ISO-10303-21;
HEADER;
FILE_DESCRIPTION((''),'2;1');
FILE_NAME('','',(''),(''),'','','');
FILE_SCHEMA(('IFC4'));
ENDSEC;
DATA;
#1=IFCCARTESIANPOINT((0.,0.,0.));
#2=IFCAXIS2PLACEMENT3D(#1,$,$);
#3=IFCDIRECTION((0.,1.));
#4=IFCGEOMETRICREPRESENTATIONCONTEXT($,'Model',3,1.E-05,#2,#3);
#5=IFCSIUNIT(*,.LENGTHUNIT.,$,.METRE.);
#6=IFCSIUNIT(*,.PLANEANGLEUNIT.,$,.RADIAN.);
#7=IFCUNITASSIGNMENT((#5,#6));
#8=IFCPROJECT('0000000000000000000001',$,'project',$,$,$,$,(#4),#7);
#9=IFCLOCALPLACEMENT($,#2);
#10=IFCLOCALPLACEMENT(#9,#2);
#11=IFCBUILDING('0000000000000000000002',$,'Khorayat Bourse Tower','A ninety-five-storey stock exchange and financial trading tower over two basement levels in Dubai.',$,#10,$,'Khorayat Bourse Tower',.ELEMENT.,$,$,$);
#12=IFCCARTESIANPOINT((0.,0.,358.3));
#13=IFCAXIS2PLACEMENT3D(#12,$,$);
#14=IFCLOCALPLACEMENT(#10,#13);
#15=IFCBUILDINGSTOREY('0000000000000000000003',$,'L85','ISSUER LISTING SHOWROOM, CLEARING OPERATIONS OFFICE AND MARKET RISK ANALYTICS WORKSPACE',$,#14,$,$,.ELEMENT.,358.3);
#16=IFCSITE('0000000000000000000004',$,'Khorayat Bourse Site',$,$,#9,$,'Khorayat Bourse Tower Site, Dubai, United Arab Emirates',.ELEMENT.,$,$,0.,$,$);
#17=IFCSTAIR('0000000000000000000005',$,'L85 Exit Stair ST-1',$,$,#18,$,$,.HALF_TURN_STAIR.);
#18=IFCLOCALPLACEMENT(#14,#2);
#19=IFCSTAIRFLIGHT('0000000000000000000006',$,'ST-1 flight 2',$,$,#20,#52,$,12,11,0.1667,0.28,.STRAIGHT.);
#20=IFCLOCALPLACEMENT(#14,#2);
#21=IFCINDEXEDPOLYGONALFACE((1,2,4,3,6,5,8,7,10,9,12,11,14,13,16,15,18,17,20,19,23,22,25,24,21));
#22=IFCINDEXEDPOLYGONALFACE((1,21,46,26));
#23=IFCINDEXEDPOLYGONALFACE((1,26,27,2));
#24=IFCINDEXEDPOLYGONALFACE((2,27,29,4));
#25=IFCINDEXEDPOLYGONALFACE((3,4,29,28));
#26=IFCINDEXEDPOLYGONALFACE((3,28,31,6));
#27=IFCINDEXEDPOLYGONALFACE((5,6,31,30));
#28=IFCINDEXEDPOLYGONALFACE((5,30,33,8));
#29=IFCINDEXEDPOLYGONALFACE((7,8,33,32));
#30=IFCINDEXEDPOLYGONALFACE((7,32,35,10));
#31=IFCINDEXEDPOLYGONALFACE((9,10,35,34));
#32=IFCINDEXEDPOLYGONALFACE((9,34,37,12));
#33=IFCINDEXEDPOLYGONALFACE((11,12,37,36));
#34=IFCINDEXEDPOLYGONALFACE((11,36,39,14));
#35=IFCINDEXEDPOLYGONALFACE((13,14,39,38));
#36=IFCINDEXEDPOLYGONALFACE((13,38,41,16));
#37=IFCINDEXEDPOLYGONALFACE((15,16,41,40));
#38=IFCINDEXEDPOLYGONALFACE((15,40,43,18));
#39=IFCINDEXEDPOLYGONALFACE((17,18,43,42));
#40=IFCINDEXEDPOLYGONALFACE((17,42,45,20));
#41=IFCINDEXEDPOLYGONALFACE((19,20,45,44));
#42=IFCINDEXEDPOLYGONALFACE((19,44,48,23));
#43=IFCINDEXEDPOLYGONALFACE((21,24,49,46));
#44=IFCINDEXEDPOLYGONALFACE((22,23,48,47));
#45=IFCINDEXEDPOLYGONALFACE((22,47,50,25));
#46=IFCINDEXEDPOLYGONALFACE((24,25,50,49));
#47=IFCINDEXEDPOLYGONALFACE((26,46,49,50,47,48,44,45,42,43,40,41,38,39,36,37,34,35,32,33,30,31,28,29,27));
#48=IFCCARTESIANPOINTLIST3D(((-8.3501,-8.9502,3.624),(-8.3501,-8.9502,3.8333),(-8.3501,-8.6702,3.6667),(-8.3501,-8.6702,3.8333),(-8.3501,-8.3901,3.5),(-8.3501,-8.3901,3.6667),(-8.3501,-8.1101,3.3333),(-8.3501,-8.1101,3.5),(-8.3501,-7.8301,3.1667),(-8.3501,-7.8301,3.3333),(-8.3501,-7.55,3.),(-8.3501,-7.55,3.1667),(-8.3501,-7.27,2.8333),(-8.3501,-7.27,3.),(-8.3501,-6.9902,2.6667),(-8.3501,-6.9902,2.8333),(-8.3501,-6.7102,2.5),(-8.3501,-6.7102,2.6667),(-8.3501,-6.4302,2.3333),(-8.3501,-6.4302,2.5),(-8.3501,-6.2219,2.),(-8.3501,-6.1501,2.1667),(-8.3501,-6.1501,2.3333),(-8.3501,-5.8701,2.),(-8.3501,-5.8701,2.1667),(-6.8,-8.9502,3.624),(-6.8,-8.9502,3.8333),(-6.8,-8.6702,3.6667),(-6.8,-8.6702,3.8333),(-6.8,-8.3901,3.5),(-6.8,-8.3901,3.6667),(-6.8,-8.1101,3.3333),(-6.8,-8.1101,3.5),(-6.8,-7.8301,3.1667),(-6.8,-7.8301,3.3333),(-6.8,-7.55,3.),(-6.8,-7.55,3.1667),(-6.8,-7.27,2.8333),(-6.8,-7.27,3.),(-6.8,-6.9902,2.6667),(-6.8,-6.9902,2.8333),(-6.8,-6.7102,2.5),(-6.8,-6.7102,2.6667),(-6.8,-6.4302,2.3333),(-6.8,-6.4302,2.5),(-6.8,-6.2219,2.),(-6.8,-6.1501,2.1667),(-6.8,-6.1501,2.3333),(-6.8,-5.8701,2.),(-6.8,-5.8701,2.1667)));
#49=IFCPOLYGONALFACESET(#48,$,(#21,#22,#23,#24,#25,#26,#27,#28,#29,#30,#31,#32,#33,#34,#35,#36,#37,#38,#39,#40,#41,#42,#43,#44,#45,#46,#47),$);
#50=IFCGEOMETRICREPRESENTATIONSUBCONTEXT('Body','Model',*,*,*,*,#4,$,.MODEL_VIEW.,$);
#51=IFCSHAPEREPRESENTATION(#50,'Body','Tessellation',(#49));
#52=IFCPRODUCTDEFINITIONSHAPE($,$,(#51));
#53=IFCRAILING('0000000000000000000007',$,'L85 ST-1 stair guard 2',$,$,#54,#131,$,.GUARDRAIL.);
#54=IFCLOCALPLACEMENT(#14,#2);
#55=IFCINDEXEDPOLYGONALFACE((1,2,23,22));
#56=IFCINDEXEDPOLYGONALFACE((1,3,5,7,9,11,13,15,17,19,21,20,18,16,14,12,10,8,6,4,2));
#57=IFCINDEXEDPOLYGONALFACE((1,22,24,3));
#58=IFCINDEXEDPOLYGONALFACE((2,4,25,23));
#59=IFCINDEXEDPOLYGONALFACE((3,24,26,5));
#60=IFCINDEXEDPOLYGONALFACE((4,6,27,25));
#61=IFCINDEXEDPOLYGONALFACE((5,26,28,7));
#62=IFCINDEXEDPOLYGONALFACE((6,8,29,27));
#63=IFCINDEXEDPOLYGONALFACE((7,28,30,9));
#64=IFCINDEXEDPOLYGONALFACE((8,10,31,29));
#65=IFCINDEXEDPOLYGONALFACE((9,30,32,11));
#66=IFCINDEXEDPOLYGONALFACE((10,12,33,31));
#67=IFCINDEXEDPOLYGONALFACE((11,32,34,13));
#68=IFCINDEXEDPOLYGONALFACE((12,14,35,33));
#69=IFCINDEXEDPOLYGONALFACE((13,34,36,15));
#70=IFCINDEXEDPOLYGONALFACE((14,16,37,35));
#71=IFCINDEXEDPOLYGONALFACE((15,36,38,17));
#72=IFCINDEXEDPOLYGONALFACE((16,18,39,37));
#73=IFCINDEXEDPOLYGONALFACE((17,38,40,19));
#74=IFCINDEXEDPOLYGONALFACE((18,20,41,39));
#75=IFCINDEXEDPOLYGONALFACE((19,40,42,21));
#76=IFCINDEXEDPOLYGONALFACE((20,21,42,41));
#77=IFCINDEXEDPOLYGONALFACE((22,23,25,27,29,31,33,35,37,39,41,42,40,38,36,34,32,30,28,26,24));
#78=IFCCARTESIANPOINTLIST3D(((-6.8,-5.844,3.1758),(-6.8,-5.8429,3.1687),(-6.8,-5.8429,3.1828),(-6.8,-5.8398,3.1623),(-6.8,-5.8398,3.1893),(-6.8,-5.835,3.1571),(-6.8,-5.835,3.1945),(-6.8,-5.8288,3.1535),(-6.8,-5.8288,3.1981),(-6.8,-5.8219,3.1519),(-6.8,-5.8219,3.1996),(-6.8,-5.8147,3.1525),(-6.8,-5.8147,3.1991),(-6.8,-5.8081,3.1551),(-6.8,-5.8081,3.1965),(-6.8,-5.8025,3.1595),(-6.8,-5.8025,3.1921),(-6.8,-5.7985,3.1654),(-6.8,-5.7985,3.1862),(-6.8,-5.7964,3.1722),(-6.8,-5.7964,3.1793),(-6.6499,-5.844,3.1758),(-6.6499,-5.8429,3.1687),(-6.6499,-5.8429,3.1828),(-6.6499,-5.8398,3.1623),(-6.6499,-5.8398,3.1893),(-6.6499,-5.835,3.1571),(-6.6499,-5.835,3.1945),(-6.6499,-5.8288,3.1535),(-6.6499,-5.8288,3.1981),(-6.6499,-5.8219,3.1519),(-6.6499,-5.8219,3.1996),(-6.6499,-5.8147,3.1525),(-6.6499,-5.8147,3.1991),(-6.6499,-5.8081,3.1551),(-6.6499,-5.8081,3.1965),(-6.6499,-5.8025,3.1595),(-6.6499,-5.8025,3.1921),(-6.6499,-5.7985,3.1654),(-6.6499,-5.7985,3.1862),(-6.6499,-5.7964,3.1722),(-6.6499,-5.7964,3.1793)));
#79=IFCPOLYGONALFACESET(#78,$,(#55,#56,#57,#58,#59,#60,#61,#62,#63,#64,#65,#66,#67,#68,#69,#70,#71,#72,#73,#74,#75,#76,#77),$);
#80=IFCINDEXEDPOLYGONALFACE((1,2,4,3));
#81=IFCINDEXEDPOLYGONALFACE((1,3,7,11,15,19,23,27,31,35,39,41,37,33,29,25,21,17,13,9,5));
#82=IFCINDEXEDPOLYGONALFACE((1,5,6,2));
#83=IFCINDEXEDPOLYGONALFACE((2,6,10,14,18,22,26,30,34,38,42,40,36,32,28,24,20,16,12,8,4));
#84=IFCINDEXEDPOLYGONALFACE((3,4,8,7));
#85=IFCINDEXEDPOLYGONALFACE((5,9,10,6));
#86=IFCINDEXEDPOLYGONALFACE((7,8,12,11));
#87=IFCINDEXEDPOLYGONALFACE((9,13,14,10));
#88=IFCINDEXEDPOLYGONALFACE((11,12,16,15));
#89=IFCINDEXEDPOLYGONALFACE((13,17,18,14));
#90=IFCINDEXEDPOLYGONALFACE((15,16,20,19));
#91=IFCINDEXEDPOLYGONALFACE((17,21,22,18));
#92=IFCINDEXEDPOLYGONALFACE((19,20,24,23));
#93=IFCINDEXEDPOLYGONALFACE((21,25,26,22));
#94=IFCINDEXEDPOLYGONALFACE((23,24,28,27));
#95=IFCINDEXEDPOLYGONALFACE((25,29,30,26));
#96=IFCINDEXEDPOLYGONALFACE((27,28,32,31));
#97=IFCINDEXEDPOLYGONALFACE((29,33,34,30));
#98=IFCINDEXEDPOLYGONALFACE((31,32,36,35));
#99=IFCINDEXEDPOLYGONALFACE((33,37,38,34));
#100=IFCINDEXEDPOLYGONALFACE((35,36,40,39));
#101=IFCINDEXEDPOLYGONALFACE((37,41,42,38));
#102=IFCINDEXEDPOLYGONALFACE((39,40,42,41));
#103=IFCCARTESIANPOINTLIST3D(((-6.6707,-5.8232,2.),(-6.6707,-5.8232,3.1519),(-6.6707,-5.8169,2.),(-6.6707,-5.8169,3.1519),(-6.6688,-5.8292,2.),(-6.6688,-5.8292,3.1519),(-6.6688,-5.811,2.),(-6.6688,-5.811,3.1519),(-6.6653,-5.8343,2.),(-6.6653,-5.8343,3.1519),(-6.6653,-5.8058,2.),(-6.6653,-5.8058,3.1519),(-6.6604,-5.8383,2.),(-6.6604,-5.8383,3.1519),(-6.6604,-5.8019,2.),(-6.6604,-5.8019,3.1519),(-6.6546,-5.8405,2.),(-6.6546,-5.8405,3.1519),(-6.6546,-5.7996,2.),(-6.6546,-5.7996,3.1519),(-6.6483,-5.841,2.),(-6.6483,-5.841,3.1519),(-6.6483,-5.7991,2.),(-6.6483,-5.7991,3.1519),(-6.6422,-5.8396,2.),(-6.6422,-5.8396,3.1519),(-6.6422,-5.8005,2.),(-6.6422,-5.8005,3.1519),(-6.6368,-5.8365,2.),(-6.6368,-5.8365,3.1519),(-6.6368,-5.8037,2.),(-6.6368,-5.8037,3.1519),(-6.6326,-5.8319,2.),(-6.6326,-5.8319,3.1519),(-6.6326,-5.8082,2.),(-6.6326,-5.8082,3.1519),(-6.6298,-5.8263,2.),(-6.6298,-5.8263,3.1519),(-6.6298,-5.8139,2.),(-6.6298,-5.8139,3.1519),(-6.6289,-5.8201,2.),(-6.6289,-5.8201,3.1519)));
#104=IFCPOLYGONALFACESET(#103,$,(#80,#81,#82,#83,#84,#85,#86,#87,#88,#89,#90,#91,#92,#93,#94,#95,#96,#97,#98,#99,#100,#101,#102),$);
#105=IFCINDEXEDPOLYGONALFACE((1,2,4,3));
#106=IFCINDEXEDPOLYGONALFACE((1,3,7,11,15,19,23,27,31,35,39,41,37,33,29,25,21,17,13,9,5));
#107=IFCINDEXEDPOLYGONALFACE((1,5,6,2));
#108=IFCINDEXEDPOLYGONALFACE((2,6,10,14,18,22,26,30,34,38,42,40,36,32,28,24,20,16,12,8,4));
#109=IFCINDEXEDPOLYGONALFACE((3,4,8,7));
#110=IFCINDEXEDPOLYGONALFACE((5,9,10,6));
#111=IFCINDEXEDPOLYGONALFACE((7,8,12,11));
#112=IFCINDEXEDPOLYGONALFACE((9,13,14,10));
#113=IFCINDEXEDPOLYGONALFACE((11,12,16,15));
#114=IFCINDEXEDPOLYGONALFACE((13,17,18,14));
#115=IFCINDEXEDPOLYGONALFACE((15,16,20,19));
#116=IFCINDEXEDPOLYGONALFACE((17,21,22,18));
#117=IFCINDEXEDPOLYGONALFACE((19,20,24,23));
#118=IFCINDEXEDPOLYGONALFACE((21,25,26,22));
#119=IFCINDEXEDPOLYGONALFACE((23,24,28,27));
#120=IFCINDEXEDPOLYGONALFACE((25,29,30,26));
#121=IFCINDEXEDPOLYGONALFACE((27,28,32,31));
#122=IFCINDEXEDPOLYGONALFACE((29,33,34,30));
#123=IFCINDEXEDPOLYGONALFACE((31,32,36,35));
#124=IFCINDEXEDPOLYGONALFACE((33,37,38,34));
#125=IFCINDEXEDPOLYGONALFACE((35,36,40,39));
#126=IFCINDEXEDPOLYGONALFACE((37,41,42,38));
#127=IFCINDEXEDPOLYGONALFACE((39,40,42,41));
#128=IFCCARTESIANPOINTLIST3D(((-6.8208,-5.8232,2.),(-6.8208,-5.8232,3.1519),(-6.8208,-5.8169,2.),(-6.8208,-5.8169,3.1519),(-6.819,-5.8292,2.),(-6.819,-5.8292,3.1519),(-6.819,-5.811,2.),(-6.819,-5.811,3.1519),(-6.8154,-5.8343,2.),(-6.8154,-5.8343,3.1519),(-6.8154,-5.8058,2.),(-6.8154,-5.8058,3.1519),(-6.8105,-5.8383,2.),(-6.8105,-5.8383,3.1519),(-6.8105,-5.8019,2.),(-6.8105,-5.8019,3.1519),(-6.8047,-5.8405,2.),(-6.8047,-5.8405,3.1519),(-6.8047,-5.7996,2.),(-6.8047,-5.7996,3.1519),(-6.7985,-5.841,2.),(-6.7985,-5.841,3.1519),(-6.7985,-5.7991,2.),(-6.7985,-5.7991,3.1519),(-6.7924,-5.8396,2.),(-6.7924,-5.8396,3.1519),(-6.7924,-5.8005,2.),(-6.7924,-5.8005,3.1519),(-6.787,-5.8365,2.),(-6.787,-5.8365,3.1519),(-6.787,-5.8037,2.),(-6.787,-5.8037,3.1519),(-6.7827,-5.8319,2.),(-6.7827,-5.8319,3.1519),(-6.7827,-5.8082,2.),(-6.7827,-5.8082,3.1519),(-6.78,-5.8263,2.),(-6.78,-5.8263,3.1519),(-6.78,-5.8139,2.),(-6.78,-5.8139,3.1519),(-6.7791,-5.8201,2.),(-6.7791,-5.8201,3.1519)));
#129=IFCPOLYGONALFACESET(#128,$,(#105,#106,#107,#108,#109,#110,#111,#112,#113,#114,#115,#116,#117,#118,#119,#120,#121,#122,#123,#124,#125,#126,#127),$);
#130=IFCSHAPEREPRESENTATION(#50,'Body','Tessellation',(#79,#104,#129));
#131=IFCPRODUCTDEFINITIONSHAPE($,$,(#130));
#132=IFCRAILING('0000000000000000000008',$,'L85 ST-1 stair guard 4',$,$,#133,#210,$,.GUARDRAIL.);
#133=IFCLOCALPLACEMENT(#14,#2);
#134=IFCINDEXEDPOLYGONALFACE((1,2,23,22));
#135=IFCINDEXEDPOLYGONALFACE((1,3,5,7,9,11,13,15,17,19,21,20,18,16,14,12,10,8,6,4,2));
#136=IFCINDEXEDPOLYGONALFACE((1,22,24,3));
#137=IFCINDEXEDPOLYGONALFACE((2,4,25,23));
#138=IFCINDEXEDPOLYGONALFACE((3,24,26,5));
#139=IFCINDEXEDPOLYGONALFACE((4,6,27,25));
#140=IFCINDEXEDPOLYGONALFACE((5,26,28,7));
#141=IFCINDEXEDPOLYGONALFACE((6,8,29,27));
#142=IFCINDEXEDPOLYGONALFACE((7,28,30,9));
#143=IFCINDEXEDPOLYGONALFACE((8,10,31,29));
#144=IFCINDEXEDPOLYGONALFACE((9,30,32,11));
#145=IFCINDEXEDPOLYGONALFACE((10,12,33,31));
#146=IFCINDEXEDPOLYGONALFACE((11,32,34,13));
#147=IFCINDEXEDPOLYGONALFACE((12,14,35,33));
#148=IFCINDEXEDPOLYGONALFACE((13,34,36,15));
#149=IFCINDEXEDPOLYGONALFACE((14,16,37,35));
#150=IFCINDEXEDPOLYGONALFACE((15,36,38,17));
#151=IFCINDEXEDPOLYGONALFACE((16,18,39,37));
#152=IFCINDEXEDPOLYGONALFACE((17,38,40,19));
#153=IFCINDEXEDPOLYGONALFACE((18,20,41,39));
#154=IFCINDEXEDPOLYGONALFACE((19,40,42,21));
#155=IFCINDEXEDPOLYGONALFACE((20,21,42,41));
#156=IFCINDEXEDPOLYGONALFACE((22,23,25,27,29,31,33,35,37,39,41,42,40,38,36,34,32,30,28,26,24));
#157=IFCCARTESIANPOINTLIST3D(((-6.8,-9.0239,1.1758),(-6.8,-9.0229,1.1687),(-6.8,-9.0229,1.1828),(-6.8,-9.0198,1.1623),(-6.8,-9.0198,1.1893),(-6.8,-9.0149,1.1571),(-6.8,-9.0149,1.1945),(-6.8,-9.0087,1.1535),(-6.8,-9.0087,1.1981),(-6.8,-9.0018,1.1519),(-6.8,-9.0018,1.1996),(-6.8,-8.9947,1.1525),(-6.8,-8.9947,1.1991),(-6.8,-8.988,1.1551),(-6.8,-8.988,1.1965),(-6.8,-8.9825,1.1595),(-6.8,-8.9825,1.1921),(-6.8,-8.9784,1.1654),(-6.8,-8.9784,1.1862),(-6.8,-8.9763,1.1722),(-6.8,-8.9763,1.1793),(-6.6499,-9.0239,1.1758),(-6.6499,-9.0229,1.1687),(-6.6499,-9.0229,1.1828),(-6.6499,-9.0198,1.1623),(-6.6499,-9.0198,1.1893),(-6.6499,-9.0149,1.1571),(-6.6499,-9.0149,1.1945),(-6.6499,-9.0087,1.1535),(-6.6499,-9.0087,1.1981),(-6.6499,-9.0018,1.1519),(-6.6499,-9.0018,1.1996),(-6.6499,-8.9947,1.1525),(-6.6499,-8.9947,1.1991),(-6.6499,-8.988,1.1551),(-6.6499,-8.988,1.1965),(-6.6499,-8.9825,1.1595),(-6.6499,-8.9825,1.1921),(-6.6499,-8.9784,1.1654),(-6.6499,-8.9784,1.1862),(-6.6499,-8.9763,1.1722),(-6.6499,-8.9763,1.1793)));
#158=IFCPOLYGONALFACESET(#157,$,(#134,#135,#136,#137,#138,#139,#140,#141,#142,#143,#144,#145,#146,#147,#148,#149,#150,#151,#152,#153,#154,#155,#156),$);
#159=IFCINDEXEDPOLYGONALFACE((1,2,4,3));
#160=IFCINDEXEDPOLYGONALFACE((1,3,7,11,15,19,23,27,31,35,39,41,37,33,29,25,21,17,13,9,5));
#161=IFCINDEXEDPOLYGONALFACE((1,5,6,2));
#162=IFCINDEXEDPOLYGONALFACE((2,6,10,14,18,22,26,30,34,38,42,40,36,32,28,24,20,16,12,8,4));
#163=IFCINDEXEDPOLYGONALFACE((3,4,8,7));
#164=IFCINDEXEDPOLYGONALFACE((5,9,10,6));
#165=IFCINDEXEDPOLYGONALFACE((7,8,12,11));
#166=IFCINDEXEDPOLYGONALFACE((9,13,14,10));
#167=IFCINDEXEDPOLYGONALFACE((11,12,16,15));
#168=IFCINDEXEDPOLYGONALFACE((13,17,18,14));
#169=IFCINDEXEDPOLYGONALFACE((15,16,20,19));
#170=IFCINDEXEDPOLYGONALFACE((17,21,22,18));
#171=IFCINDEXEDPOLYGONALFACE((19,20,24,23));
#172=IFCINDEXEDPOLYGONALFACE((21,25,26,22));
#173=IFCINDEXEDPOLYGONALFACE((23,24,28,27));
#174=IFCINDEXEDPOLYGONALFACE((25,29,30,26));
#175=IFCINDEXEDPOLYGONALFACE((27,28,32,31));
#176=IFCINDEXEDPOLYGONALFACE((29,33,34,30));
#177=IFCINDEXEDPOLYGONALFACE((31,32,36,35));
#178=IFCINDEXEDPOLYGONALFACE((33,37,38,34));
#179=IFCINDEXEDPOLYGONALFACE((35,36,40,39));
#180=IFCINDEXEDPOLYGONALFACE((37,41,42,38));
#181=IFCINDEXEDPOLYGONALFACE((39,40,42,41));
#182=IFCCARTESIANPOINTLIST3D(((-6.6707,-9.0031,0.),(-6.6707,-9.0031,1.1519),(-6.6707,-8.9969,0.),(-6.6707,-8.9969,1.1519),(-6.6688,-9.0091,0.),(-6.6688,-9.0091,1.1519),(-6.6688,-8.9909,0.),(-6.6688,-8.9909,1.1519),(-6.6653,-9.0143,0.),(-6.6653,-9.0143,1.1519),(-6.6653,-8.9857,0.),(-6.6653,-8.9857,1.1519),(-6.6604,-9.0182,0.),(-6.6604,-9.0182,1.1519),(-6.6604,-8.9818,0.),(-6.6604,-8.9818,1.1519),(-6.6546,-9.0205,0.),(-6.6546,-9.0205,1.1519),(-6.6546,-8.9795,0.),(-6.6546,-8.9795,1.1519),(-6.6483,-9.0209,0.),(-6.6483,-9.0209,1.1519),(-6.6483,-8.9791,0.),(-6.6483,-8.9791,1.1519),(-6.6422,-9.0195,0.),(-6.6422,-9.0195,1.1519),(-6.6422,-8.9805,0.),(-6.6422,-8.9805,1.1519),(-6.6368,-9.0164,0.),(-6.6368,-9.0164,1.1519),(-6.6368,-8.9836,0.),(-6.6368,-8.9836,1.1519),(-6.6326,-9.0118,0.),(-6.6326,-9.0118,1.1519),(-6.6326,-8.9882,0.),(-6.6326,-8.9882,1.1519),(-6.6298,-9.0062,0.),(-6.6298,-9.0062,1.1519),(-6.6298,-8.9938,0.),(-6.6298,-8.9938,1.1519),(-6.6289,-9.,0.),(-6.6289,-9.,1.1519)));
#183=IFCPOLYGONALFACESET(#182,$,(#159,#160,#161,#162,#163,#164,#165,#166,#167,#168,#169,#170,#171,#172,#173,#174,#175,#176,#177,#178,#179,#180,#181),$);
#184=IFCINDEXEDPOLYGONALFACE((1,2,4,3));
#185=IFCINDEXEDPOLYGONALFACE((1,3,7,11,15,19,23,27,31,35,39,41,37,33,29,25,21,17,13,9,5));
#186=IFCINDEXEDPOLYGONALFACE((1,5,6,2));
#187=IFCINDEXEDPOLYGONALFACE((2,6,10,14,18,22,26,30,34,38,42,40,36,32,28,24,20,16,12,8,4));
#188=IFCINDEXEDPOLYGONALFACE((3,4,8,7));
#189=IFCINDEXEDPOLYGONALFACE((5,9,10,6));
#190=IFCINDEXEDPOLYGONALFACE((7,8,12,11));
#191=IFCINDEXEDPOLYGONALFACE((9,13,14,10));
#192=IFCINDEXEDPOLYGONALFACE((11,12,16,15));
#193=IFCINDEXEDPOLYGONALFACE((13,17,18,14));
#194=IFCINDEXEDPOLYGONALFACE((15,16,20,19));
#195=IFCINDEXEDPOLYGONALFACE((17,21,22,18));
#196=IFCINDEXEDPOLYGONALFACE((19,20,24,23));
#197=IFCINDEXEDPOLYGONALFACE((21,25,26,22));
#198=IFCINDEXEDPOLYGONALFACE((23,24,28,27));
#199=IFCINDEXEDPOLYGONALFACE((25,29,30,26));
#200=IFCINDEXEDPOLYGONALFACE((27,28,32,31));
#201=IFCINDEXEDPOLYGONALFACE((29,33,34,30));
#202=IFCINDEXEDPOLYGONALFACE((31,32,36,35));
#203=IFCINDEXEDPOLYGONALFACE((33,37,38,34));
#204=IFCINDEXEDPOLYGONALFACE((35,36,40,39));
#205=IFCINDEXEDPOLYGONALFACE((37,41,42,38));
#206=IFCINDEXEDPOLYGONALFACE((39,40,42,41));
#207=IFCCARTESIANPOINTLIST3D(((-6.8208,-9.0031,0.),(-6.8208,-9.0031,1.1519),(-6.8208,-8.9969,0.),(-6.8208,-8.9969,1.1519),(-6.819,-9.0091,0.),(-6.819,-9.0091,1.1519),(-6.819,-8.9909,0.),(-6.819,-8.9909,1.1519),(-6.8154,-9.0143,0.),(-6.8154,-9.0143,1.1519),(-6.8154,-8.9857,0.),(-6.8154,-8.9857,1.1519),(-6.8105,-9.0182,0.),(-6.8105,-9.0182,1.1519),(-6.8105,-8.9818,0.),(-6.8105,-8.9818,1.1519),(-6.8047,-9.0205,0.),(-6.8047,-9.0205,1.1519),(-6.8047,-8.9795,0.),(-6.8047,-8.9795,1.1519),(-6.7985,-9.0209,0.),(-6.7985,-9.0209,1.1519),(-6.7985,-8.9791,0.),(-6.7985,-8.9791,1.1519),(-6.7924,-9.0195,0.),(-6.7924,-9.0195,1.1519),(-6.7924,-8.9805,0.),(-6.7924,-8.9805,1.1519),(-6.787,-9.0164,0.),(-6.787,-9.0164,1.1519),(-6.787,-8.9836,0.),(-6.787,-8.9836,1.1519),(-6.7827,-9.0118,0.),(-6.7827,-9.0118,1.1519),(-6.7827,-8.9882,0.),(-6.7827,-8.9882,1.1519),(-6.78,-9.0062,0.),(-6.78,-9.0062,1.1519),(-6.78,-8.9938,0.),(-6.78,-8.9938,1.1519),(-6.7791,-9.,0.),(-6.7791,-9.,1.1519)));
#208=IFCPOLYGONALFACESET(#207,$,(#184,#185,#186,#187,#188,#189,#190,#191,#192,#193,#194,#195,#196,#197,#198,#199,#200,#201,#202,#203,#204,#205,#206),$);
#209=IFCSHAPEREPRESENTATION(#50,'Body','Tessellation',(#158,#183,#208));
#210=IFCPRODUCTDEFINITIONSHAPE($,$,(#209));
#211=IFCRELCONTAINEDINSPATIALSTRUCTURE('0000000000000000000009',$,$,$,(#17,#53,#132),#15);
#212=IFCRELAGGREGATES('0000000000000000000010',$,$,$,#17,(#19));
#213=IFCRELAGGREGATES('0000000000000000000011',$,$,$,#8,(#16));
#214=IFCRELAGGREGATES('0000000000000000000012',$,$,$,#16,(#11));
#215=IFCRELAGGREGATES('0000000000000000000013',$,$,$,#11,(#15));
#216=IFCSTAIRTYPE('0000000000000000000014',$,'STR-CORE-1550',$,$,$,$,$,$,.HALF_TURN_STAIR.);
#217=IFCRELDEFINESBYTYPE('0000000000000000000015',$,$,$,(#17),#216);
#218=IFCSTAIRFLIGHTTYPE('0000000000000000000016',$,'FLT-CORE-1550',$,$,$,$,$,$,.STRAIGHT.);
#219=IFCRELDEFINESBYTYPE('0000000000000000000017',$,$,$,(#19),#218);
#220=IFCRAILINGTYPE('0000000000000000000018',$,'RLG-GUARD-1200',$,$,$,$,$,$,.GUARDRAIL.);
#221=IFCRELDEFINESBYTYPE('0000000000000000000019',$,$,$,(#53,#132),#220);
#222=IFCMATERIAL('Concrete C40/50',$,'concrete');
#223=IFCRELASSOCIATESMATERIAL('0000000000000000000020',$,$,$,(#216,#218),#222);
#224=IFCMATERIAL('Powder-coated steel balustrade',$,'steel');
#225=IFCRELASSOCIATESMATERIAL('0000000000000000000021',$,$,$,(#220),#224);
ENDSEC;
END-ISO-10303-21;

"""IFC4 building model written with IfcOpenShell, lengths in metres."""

from ifc_helpers import new_model, si_unit, direction, frame, origin, origin_2d, place, context, subcontext, project, spatial, polyline, circle, outline, extrude, source, transform, mapped, material, type_object, element, aggregate, save


model = new_model("IFC4")

# Units and contexts
model_context = context("Model", 3, precision=1e-05, world=origin(), true_north=direction((0.0, 1.0)))
body_context = subcontext(model_context, "Body", "Model", "MODEL_VIEW")
ifc_project = project(units=[si_unit("LENGTHUNIT", "METRE"), si_unit("PLANEANGLEUNIT", "RADIAN")], contexts=[model_context])

# Site, building, storey
site_placement = place(None, origin())
site = spatial("IfcSite", under=ifc_project, at=site_placement, Name="Khorayat Bourse Site", LongName="Khorayat Bourse Tower Site, Dubai, United Arab Emirates", CompositionType="ELEMENT", RefElevation=0.0)
building_placement = place(site_placement, origin())
building = spatial("IfcBuilding", under=site, at=building_placement, Name="Khorayat Bourse Tower", Description="A ninety-five-storey stock exchange and financial trading tower over two basement levels in Dubai.", LongName="Khorayat Bourse Tower", CompositionType="ELEMENT")
storey_placement = place(building_placement, frame((0.0, 0.0, 358.3)))
storey = spatial("IfcBuildingStorey", under=building, at=storey_placement, Name="L85", Description="ISSUER LISTING SHOWROOM, CLEARING OPERATIONS OFFICE AND MARKET RISK ANALYTICS WORKSPACE", CompositionType="ELEMENT", Elevation=358.3)

# Stair, stair flight
ifc_material_1 = material(Name="Concrete C40/50", Category="concrete")
stair_type = type_object("IfcStairType", Name="STR-CORE-1550", PredefinedType="HALF_TURN_STAIR", material=ifc_material_1)
stair_placement = place(storey_placement, origin())
stair = element("IfcStair", 1, at=stair_placement, inside=storey, type_object=stair_type, Name="L85 Exit Stair ST-1", PredefinedType="HALF_TURN_STAIR")
stair_flight_type = type_object("IfcStairFlightType", Name="FLT-CORE-1550", PredefinedType="STRAIGHT", material=ifc_material_1)
shared_shape_1 = source(origin(), body_context, "Body", "SweptSolid", [
    extrude(outline(polyline([(0.0, 0.0), (0.0, 0.1667), (0.28, 0.1667), (0.28, 0.3333), (0.5601, 0.3333), (0.5601, 0.5), (0.8401, 0.5), (0.8401, 0.6667), (1.1201, 0.6667), (1.1201, 0.8333), (1.3999, 0.8333), (1.3999, 1.0), (1.6799, 1.0), (1.6799, 1.1667), (1.96, 1.1667), (1.96, 1.3333), (2.24, 1.3333), (2.24, 1.5), (2.52, 1.5), (2.52, 1.6667), (2.8, 1.6667), (2.8, 1.8333), (3.0801, 1.8333), (3.0801, 2.0), (3.0801, 1.624), (0.3518, 0.0), (0.0, 0.0)])), frame((0.0, 0.7749, 0.0), z_axis=(0.0, -1.0, 0.0), x_axis=(1.0, 0.0, 0.0)), (0.0, 0.0, 1.0), 1.55),
])
stair_flight_1_placement = place(storey_placement, frame((-7.575, -5.8701, 2.0), z_axis=(0.0, 0.0, 1.0), x_axis=(0.0, -1.0, 0.0)))
stair_flight_1 = element("IfcStairFlight", 2, at=stair_flight_1_placement, type_object=stair_flight_type, Name="ST-1 flight 2", NumberOfRisers=12, NumberOfTreads=11, PredefinedType="STRAIGHT", RiserHeight=0.1667, TreadLength=0.28, context=body_context, shape_type="MappedRepresentation", body=[
    mapped(shared_shape_1, transform((0.0, 0.0, 0.0), scale=1.0)),
])
aggregate(stair, [stair_flight_1])

# Railings
ifc_material_2 = material(Name="Powder-coated steel balustrade", Category="steel")
railing_type_1 = type_object("IfcRailingType", Name="RLG-GUARD-1200", PredefinedType="GUARDRAIL", material=ifc_material_2)
shared_shape_2 = source(origin(), body_context, "Body", "SweptSolid", [
    extrude(circle(Radius=0.0239, at=origin_2d()), frame((0.0, 0.0, 1.1758), z_axis=(-1.0, 0.0, 0.0), x_axis=(0.0, -1.0, 0.0)), (0.0, 0.0, 1.0), 0.1501),
    extrude(circle(Radius=0.021, at=origin_2d()), origin(), (0.0, 0.0, 1.0), 1.1519),
    extrude(circle(Radius=0.021, at=origin_2d()), frame((-0.1501, 0.0, 0.0)), (0.0, 0.0, 1.0), 1.1519),
])
for number, where, name in (
    (3, (-6.6499, -5.8201, 2.0), "L85 ST-1 stair guard 2"),
    (4, (-6.6499, -9.0, 0.0), "L85 ST-1 stair guard 4"),
):
    element("IfcRailing", number, at=place(storey_placement, frame(where)), inside=storey, type_object=railing_type_1, Name=name, PredefinedType="GUARDRAIL", context=body_context, shape_type="MappedRepresentation", body=[
        mapped(shared_shape_2, transform((0.0, 0.0, 0.0), scale=1.0)),
    ])

save(model, "model.ifc")
